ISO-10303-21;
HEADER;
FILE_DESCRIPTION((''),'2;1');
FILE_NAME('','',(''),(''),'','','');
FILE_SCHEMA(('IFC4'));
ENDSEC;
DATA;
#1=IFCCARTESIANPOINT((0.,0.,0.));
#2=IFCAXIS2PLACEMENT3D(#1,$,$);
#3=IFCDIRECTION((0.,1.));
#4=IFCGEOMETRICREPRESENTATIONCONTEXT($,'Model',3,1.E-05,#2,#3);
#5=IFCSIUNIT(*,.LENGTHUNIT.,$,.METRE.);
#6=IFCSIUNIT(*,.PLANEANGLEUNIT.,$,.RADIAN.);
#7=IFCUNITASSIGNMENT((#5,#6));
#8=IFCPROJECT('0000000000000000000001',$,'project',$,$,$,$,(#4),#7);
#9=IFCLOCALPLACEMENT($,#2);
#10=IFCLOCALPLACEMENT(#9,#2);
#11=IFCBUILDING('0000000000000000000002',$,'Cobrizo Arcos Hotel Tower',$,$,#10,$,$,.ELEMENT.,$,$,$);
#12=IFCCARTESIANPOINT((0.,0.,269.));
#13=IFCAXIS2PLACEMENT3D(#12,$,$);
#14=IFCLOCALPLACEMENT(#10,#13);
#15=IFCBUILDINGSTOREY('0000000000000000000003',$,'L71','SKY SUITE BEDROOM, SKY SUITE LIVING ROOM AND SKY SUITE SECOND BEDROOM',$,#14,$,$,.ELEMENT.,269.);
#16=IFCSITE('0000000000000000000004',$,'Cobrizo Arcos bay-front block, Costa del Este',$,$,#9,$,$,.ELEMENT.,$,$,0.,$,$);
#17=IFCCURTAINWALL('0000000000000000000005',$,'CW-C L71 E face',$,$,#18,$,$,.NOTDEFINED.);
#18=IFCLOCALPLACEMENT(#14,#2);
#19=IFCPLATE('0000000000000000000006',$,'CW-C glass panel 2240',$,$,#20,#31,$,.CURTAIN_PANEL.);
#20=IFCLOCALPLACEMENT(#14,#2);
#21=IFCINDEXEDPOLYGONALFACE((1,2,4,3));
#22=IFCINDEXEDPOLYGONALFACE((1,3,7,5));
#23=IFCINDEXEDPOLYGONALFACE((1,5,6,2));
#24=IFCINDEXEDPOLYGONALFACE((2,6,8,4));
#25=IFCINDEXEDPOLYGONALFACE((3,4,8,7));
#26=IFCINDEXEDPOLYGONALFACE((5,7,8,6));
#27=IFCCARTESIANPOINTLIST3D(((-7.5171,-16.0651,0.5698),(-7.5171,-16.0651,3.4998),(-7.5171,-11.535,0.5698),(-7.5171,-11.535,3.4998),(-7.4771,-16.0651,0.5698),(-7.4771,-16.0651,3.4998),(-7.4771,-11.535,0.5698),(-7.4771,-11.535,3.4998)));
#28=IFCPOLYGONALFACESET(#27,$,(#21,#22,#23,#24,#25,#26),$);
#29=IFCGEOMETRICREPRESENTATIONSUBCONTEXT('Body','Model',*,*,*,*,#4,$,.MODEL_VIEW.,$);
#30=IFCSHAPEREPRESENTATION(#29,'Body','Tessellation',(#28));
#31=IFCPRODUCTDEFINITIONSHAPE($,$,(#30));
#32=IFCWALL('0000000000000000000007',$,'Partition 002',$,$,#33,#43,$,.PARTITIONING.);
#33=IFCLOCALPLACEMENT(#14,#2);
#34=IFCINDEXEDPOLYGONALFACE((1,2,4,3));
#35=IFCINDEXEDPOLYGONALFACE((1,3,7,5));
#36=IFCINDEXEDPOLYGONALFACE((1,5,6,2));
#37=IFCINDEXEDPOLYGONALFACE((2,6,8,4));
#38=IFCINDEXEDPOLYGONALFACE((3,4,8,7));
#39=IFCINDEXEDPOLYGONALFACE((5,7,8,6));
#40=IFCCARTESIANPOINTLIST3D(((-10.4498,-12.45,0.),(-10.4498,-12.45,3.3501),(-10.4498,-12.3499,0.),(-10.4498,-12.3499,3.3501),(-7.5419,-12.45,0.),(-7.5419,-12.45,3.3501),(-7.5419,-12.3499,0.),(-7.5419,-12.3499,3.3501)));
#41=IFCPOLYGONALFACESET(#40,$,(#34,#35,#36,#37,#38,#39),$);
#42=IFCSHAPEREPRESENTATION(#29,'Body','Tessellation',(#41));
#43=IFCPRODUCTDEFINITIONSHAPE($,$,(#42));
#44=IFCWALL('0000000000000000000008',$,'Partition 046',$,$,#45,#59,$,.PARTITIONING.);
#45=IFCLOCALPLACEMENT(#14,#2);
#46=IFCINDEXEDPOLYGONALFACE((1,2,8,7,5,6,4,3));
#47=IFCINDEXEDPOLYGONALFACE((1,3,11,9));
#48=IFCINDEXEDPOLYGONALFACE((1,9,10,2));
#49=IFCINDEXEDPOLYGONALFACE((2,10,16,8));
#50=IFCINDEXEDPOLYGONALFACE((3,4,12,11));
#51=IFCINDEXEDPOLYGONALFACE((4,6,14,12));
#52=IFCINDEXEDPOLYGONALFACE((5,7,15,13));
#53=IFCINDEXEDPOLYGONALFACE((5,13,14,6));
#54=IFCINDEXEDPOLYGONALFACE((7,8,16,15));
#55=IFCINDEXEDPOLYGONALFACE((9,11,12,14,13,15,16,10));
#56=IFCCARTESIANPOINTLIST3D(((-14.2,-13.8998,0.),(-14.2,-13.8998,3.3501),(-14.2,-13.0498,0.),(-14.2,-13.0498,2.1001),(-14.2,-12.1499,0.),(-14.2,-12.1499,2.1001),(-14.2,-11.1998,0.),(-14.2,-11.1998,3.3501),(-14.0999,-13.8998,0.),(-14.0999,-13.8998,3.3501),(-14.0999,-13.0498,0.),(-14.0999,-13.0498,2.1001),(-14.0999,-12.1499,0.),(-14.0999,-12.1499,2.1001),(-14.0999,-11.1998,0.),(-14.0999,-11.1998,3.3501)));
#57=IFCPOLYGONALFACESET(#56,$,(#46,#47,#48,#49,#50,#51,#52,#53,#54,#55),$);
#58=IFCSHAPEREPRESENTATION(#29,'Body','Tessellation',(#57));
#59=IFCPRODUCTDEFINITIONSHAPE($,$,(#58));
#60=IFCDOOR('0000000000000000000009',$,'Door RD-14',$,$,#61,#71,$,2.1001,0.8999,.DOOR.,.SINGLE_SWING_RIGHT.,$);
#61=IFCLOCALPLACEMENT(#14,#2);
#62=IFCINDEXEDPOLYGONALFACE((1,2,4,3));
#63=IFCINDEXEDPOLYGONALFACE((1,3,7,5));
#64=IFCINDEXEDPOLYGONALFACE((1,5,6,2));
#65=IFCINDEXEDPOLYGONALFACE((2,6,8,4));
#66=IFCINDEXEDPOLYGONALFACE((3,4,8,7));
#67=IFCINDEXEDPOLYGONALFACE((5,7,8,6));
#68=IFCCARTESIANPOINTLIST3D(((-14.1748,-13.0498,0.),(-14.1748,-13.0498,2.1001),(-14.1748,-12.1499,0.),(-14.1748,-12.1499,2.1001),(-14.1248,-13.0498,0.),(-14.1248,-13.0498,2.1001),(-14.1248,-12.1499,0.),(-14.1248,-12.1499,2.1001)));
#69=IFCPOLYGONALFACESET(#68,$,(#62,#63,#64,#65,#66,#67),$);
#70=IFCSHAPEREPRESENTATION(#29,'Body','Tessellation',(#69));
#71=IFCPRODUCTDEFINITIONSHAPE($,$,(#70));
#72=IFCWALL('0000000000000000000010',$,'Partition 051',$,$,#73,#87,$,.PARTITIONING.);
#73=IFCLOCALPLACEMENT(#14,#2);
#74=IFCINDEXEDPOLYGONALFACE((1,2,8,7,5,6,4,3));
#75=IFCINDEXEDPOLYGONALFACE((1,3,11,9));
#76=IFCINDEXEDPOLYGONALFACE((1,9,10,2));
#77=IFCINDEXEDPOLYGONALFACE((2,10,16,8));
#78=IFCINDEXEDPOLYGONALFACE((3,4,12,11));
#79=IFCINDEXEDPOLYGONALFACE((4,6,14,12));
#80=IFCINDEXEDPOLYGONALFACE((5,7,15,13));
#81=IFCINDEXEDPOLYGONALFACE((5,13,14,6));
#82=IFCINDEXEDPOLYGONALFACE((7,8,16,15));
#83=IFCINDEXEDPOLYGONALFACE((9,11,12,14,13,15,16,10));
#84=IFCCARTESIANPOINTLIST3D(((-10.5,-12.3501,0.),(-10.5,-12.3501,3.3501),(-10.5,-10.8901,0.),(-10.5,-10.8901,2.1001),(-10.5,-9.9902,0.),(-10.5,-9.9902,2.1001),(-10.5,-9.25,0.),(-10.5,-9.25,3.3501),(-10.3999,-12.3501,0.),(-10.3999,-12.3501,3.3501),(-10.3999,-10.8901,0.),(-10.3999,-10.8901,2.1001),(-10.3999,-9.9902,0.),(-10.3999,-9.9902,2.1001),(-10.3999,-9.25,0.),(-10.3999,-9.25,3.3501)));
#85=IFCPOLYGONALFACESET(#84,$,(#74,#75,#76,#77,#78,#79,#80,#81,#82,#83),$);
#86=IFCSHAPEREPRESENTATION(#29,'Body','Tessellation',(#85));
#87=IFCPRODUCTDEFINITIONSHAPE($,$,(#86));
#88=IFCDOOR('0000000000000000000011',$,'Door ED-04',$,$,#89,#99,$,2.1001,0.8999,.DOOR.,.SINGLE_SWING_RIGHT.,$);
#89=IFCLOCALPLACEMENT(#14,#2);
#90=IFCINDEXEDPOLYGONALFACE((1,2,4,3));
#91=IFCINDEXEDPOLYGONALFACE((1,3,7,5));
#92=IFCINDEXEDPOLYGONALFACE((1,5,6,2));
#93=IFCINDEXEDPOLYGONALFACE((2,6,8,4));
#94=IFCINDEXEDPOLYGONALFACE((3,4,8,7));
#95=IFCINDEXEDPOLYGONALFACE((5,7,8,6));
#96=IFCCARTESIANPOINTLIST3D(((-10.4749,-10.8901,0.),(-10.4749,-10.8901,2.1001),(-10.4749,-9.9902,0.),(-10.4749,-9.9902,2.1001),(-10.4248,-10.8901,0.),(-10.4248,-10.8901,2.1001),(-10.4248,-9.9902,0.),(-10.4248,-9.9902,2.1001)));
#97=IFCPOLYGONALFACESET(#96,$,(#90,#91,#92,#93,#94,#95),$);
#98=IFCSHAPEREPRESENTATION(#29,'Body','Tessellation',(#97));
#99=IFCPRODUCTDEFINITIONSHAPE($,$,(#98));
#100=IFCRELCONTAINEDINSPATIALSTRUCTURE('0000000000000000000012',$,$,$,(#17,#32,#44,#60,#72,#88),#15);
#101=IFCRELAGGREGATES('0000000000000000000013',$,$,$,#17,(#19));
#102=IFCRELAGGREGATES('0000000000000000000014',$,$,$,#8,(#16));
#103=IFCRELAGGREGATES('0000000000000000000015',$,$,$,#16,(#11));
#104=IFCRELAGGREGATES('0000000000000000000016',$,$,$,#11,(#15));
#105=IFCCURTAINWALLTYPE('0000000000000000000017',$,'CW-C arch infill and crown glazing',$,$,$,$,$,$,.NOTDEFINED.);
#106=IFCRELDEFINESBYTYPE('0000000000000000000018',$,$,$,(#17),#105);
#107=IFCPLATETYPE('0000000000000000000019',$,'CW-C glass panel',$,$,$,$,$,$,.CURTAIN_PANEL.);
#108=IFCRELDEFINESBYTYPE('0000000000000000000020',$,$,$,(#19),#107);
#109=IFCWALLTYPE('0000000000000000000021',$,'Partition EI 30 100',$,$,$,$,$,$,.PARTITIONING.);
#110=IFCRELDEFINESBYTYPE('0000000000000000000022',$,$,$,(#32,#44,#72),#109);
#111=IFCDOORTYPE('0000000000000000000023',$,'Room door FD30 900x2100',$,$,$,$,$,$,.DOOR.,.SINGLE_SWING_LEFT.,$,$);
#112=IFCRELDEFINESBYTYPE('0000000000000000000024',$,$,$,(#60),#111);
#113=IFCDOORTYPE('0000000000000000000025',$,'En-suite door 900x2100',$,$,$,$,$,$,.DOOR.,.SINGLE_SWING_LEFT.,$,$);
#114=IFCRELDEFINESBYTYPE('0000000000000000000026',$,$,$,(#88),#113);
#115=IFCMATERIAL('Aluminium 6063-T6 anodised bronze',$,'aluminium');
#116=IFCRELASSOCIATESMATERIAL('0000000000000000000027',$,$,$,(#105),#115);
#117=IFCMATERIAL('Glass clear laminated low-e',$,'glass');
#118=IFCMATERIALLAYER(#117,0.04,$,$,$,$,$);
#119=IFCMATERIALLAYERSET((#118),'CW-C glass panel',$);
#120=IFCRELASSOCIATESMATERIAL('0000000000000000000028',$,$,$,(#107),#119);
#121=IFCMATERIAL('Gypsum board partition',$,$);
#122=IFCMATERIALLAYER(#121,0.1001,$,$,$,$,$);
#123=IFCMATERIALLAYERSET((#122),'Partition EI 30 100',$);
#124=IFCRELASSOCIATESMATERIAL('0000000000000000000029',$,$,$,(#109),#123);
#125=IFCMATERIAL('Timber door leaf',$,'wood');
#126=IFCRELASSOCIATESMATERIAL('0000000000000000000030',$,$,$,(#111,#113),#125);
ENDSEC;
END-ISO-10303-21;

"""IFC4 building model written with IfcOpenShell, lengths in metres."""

from ifc_helpers import new_model, si_unit, direction, frame, frame_2d, origin, origin_2d, place, context, subcontext, project, spatial, rectangle, extrude, material, layer, layer_set, type_object, element, fill, aggregate, save


model = new_model("IFC4")

# Units and contexts
model_context = context("Model", 3, precision=1e-05, world=origin(), true_north=direction((0.0, 1.0)))
body_context = subcontext(model_context, "Body", "Model", "MODEL_VIEW")
ifc_project = project(units=[si_unit("LENGTHUNIT", "METRE"), si_unit("PLANEANGLEUNIT", "RADIAN")], contexts=[model_context])

# Site, building, storey
site_placement = place(None, origin())
site = spatial("IfcSite", under=ifc_project, at=site_placement, Name="Cobrizo Arcos bay-front block, Costa del Este", CompositionType="ELEMENT", RefElevation=0.0)
building_placement = place(site_placement, origin())
building = spatial("IfcBuilding", under=site, at=building_placement, Name="Cobrizo Arcos Hotel Tower", CompositionType="ELEMENT")
storey_placement = place(building_placement, frame((0.0, 0.0, 269.0)))
storey = spatial("IfcBuildingStorey", under=building, at=storey_placement, Name="L71", Description="SKY SUITE BEDROOM, SKY SUITE LIVING ROOM AND SKY SUITE SECOND BEDROOM", CompositionType="ELEMENT", Elevation=269.0)

# Curtain wall
ifc_material_1 = material(Name="Aluminium 6063-T6 anodised bronze", Category="aluminium")
curtain_wall_type_1 = type_object("IfcCurtainWallType", Name="CW-C arch infill and crown glazing", PredefinedType="NOTDEFINED", material=ifc_material_1)
curtain_wall_1_placement = place(storey_placement, origin())
curtain_wall_1 = element("IfcCurtainWall", 1, at=curtain_wall_1_placement, inside=storey, type_object=curtain_wall_type_1, Name="CW-C L71 E face", PredefinedType="NOTDEFINED")

# Plate
ifc_material_2 = material(Name="Glass clear laminated low-e", Category="glass")
ifc_layer_1 = layer(ifc_material_2, 0.04)
ifc_layer_set_1 = layer_set([ifc_layer_1], Name="CW-C glass panel")
plate_type_1 = type_object("IfcPlateType", Name="CW-C glass panel", PredefinedType="CURTAIN_PANEL", material=ifc_layer_set_1)
plate_1_placement = place(storey_placement, frame((-7.4971, -13.8, 0.5698), z_axis=(0.0, 0.0, 1.0), x_axis=(0.0, 1.0, 0.0)))
plate_1 = element("IfcPlate", 2, at=plate_1_placement, type_object=plate_type_1, Name="CW-C glass panel 2240", PredefinedType="CURTAIN_PANEL", context=body_context, shape_type="SweptSolid", body=[
    extrude(rectangle(XDim=4.53, YDim=0.04, at=origin_2d()), origin(), (0.0, 0.0, 1.0), 2.9299),
])
aggregate(curtain_wall_1, [plate_1])

# Wall
ifc_material_3 = material(Name="Gypsum board partition")
ifc_layer_2 = layer(ifc_material_3, 0.1001)
ifc_layer_set_2 = layer_set([ifc_layer_2], Name="Partition EI 30 100")
wall_type = type_object("IfcWallType", Name="Partition EI 30 100", PredefinedType="PARTITIONING", material=ifc_layer_set_2)
wall_1_placement = place(storey_placement, frame((-10.45, -12.3999, 0.0), z_axis=(0.0, 0.0, 1.0), x_axis=(1.0, 0.0, 0.0)))
element("IfcWall", 3, at=wall_1_placement, inside=storey, type_object=wall_type, Name="Partition 002", PredefinedType="PARTITIONING", context=body_context, shape_type="SweptSolid", body=[
    extrude(rectangle(XDim=2.908, YDim=0.1001, at=frame_2d((1.4541, 0.0))), origin(), (0.0, 0.0, 1.0), 3.3501),
])

# Walls, openings, doors
wall_2_placement = place(storey_placement, frame((-14.1499, -13.8999, 0.0), z_axis=(0.0, 0.0, 1.0), x_axis=(0.0, 1.0, 0.0)))
wall_2 = element("IfcWall", 4, at=wall_2_placement, inside=storey, type_object=wall_type, Name="Partition 046", PredefinedType="PARTITIONING", context=body_context, shape_type="SweptSolid", body=[
    extrude(rectangle(XDim=2.7, YDim=0.1001, at=frame_2d((1.3501, 0.0))), origin(), (0.0, 0.0, 1.0), 3.3501),
])
opening_1_placement = place(wall_2_placement, frame((0.8501, 0.0, 0.0)))
opening_1 = element("IfcOpeningElement", 5, at=opening_1_placement, cuts=wall_2, PredefinedType="OPENING", context=body_context, shape_type="SweptSolid", body=[
    extrude(rectangle(XDim=0.8999, YDim=2.1001, at=frame_2d((0.45, 1.05))), frame((0.0, 0.062, 0.0), z_axis=(0.0, -1.0, 0.0), x_axis=(1.0, 0.0, 0.0)), (0.0, 0.0, 1.0), 0.124),
])
ifc_material_4 = material(Name="Timber door leaf", Category="wood")
door_type_1 = type_object("IfcDoorType", Name="Room door FD30 900x2100", OperationType="SINGLE_SWING_LEFT", PredefinedType="DOOR", material=ifc_material_4)
door_1_placement = place(opening_1_placement, origin())
door_1 = element("IfcDoor", 6, at=door_1_placement, inside=storey, type_object=door_type_1, Name="Door RD-14", OperationType="SINGLE_SWING_RIGHT", OverallHeight=2.1001, OverallWidth=0.8999, PredefinedType="DOOR", context=body_context, shape_type="SweptSolid", body=[
    extrude(rectangle(XDim=0.8999, YDim=2.1001, at=frame_2d((0.45, 1.05))), frame((0.0, 0.0249, 0.0), z_axis=(0.0, -1.0, 0.0), x_axis=(1.0, 0.0, 0.0)), (0.0, 0.0, 1.0), 0.05),
])
fill(opening_1, door_1)
wall_3_placement = place(storey_placement, frame((-10.45, -12.3501, 0.0), z_axis=(0.0, 0.0, 1.0), x_axis=(0.0, 1.0, 0.0)))
wall_3 = element("IfcWall", 7, at=wall_3_placement, inside=storey, type_object=wall_type, Name="Partition 051", PredefinedType="PARTITIONING", context=body_context, shape_type="SweptSolid", body=[
    extrude(rectangle(XDim=3.1001, YDim=0.1001, at=frame_2d((1.55, 0.0))), origin(), (0.0, 0.0, 1.0), 3.3501),
])
opening_2_placement = place(wall_3_placement, frame((1.46, 0.0, 0.0)))
opening_2 = element("IfcOpeningElement", 8, at=opening_2_placement, cuts=wall_3, PredefinedType="OPENING", context=body_context, shape_type="SweptSolid", body=[
    extrude(rectangle(XDim=0.8999, YDim=2.1001, at=frame_2d((0.45, 1.05))), frame((0.0, 0.062, 0.0), z_axis=(0.0, -1.0, 0.0), x_axis=(1.0, 0.0, 0.0)), (0.0, 0.0, 1.0), 0.124),
])
door_type_2 = type_object("IfcDoorType", Name="En-suite door 900x2100", OperationType="SINGLE_SWING_LEFT", PredefinedType="DOOR", material=ifc_material_4)
door_2_placement = place(opening_2_placement, origin())
door_2 = element("IfcDoor", 9, at=door_2_placement, inside=storey, type_object=door_type_2, Name="Door ED-04", OperationType="SINGLE_SWING_RIGHT", OverallHeight=2.1001, OverallWidth=0.8999, PredefinedType="DOOR", context=body_context, shape_type="SweptSolid", body=[
    extrude(rectangle(XDim=0.8999, YDim=2.1001, at=frame_2d((0.45, 1.05))), frame((0.0, 0.0249, 0.0), z_axis=(0.0, -1.0, 0.0), x_axis=(1.0, 0.0, 0.0)), (0.0, 0.0, 1.0), 0.05),
])
fill(opening_2, door_2)

save(model, "model.ifc")
